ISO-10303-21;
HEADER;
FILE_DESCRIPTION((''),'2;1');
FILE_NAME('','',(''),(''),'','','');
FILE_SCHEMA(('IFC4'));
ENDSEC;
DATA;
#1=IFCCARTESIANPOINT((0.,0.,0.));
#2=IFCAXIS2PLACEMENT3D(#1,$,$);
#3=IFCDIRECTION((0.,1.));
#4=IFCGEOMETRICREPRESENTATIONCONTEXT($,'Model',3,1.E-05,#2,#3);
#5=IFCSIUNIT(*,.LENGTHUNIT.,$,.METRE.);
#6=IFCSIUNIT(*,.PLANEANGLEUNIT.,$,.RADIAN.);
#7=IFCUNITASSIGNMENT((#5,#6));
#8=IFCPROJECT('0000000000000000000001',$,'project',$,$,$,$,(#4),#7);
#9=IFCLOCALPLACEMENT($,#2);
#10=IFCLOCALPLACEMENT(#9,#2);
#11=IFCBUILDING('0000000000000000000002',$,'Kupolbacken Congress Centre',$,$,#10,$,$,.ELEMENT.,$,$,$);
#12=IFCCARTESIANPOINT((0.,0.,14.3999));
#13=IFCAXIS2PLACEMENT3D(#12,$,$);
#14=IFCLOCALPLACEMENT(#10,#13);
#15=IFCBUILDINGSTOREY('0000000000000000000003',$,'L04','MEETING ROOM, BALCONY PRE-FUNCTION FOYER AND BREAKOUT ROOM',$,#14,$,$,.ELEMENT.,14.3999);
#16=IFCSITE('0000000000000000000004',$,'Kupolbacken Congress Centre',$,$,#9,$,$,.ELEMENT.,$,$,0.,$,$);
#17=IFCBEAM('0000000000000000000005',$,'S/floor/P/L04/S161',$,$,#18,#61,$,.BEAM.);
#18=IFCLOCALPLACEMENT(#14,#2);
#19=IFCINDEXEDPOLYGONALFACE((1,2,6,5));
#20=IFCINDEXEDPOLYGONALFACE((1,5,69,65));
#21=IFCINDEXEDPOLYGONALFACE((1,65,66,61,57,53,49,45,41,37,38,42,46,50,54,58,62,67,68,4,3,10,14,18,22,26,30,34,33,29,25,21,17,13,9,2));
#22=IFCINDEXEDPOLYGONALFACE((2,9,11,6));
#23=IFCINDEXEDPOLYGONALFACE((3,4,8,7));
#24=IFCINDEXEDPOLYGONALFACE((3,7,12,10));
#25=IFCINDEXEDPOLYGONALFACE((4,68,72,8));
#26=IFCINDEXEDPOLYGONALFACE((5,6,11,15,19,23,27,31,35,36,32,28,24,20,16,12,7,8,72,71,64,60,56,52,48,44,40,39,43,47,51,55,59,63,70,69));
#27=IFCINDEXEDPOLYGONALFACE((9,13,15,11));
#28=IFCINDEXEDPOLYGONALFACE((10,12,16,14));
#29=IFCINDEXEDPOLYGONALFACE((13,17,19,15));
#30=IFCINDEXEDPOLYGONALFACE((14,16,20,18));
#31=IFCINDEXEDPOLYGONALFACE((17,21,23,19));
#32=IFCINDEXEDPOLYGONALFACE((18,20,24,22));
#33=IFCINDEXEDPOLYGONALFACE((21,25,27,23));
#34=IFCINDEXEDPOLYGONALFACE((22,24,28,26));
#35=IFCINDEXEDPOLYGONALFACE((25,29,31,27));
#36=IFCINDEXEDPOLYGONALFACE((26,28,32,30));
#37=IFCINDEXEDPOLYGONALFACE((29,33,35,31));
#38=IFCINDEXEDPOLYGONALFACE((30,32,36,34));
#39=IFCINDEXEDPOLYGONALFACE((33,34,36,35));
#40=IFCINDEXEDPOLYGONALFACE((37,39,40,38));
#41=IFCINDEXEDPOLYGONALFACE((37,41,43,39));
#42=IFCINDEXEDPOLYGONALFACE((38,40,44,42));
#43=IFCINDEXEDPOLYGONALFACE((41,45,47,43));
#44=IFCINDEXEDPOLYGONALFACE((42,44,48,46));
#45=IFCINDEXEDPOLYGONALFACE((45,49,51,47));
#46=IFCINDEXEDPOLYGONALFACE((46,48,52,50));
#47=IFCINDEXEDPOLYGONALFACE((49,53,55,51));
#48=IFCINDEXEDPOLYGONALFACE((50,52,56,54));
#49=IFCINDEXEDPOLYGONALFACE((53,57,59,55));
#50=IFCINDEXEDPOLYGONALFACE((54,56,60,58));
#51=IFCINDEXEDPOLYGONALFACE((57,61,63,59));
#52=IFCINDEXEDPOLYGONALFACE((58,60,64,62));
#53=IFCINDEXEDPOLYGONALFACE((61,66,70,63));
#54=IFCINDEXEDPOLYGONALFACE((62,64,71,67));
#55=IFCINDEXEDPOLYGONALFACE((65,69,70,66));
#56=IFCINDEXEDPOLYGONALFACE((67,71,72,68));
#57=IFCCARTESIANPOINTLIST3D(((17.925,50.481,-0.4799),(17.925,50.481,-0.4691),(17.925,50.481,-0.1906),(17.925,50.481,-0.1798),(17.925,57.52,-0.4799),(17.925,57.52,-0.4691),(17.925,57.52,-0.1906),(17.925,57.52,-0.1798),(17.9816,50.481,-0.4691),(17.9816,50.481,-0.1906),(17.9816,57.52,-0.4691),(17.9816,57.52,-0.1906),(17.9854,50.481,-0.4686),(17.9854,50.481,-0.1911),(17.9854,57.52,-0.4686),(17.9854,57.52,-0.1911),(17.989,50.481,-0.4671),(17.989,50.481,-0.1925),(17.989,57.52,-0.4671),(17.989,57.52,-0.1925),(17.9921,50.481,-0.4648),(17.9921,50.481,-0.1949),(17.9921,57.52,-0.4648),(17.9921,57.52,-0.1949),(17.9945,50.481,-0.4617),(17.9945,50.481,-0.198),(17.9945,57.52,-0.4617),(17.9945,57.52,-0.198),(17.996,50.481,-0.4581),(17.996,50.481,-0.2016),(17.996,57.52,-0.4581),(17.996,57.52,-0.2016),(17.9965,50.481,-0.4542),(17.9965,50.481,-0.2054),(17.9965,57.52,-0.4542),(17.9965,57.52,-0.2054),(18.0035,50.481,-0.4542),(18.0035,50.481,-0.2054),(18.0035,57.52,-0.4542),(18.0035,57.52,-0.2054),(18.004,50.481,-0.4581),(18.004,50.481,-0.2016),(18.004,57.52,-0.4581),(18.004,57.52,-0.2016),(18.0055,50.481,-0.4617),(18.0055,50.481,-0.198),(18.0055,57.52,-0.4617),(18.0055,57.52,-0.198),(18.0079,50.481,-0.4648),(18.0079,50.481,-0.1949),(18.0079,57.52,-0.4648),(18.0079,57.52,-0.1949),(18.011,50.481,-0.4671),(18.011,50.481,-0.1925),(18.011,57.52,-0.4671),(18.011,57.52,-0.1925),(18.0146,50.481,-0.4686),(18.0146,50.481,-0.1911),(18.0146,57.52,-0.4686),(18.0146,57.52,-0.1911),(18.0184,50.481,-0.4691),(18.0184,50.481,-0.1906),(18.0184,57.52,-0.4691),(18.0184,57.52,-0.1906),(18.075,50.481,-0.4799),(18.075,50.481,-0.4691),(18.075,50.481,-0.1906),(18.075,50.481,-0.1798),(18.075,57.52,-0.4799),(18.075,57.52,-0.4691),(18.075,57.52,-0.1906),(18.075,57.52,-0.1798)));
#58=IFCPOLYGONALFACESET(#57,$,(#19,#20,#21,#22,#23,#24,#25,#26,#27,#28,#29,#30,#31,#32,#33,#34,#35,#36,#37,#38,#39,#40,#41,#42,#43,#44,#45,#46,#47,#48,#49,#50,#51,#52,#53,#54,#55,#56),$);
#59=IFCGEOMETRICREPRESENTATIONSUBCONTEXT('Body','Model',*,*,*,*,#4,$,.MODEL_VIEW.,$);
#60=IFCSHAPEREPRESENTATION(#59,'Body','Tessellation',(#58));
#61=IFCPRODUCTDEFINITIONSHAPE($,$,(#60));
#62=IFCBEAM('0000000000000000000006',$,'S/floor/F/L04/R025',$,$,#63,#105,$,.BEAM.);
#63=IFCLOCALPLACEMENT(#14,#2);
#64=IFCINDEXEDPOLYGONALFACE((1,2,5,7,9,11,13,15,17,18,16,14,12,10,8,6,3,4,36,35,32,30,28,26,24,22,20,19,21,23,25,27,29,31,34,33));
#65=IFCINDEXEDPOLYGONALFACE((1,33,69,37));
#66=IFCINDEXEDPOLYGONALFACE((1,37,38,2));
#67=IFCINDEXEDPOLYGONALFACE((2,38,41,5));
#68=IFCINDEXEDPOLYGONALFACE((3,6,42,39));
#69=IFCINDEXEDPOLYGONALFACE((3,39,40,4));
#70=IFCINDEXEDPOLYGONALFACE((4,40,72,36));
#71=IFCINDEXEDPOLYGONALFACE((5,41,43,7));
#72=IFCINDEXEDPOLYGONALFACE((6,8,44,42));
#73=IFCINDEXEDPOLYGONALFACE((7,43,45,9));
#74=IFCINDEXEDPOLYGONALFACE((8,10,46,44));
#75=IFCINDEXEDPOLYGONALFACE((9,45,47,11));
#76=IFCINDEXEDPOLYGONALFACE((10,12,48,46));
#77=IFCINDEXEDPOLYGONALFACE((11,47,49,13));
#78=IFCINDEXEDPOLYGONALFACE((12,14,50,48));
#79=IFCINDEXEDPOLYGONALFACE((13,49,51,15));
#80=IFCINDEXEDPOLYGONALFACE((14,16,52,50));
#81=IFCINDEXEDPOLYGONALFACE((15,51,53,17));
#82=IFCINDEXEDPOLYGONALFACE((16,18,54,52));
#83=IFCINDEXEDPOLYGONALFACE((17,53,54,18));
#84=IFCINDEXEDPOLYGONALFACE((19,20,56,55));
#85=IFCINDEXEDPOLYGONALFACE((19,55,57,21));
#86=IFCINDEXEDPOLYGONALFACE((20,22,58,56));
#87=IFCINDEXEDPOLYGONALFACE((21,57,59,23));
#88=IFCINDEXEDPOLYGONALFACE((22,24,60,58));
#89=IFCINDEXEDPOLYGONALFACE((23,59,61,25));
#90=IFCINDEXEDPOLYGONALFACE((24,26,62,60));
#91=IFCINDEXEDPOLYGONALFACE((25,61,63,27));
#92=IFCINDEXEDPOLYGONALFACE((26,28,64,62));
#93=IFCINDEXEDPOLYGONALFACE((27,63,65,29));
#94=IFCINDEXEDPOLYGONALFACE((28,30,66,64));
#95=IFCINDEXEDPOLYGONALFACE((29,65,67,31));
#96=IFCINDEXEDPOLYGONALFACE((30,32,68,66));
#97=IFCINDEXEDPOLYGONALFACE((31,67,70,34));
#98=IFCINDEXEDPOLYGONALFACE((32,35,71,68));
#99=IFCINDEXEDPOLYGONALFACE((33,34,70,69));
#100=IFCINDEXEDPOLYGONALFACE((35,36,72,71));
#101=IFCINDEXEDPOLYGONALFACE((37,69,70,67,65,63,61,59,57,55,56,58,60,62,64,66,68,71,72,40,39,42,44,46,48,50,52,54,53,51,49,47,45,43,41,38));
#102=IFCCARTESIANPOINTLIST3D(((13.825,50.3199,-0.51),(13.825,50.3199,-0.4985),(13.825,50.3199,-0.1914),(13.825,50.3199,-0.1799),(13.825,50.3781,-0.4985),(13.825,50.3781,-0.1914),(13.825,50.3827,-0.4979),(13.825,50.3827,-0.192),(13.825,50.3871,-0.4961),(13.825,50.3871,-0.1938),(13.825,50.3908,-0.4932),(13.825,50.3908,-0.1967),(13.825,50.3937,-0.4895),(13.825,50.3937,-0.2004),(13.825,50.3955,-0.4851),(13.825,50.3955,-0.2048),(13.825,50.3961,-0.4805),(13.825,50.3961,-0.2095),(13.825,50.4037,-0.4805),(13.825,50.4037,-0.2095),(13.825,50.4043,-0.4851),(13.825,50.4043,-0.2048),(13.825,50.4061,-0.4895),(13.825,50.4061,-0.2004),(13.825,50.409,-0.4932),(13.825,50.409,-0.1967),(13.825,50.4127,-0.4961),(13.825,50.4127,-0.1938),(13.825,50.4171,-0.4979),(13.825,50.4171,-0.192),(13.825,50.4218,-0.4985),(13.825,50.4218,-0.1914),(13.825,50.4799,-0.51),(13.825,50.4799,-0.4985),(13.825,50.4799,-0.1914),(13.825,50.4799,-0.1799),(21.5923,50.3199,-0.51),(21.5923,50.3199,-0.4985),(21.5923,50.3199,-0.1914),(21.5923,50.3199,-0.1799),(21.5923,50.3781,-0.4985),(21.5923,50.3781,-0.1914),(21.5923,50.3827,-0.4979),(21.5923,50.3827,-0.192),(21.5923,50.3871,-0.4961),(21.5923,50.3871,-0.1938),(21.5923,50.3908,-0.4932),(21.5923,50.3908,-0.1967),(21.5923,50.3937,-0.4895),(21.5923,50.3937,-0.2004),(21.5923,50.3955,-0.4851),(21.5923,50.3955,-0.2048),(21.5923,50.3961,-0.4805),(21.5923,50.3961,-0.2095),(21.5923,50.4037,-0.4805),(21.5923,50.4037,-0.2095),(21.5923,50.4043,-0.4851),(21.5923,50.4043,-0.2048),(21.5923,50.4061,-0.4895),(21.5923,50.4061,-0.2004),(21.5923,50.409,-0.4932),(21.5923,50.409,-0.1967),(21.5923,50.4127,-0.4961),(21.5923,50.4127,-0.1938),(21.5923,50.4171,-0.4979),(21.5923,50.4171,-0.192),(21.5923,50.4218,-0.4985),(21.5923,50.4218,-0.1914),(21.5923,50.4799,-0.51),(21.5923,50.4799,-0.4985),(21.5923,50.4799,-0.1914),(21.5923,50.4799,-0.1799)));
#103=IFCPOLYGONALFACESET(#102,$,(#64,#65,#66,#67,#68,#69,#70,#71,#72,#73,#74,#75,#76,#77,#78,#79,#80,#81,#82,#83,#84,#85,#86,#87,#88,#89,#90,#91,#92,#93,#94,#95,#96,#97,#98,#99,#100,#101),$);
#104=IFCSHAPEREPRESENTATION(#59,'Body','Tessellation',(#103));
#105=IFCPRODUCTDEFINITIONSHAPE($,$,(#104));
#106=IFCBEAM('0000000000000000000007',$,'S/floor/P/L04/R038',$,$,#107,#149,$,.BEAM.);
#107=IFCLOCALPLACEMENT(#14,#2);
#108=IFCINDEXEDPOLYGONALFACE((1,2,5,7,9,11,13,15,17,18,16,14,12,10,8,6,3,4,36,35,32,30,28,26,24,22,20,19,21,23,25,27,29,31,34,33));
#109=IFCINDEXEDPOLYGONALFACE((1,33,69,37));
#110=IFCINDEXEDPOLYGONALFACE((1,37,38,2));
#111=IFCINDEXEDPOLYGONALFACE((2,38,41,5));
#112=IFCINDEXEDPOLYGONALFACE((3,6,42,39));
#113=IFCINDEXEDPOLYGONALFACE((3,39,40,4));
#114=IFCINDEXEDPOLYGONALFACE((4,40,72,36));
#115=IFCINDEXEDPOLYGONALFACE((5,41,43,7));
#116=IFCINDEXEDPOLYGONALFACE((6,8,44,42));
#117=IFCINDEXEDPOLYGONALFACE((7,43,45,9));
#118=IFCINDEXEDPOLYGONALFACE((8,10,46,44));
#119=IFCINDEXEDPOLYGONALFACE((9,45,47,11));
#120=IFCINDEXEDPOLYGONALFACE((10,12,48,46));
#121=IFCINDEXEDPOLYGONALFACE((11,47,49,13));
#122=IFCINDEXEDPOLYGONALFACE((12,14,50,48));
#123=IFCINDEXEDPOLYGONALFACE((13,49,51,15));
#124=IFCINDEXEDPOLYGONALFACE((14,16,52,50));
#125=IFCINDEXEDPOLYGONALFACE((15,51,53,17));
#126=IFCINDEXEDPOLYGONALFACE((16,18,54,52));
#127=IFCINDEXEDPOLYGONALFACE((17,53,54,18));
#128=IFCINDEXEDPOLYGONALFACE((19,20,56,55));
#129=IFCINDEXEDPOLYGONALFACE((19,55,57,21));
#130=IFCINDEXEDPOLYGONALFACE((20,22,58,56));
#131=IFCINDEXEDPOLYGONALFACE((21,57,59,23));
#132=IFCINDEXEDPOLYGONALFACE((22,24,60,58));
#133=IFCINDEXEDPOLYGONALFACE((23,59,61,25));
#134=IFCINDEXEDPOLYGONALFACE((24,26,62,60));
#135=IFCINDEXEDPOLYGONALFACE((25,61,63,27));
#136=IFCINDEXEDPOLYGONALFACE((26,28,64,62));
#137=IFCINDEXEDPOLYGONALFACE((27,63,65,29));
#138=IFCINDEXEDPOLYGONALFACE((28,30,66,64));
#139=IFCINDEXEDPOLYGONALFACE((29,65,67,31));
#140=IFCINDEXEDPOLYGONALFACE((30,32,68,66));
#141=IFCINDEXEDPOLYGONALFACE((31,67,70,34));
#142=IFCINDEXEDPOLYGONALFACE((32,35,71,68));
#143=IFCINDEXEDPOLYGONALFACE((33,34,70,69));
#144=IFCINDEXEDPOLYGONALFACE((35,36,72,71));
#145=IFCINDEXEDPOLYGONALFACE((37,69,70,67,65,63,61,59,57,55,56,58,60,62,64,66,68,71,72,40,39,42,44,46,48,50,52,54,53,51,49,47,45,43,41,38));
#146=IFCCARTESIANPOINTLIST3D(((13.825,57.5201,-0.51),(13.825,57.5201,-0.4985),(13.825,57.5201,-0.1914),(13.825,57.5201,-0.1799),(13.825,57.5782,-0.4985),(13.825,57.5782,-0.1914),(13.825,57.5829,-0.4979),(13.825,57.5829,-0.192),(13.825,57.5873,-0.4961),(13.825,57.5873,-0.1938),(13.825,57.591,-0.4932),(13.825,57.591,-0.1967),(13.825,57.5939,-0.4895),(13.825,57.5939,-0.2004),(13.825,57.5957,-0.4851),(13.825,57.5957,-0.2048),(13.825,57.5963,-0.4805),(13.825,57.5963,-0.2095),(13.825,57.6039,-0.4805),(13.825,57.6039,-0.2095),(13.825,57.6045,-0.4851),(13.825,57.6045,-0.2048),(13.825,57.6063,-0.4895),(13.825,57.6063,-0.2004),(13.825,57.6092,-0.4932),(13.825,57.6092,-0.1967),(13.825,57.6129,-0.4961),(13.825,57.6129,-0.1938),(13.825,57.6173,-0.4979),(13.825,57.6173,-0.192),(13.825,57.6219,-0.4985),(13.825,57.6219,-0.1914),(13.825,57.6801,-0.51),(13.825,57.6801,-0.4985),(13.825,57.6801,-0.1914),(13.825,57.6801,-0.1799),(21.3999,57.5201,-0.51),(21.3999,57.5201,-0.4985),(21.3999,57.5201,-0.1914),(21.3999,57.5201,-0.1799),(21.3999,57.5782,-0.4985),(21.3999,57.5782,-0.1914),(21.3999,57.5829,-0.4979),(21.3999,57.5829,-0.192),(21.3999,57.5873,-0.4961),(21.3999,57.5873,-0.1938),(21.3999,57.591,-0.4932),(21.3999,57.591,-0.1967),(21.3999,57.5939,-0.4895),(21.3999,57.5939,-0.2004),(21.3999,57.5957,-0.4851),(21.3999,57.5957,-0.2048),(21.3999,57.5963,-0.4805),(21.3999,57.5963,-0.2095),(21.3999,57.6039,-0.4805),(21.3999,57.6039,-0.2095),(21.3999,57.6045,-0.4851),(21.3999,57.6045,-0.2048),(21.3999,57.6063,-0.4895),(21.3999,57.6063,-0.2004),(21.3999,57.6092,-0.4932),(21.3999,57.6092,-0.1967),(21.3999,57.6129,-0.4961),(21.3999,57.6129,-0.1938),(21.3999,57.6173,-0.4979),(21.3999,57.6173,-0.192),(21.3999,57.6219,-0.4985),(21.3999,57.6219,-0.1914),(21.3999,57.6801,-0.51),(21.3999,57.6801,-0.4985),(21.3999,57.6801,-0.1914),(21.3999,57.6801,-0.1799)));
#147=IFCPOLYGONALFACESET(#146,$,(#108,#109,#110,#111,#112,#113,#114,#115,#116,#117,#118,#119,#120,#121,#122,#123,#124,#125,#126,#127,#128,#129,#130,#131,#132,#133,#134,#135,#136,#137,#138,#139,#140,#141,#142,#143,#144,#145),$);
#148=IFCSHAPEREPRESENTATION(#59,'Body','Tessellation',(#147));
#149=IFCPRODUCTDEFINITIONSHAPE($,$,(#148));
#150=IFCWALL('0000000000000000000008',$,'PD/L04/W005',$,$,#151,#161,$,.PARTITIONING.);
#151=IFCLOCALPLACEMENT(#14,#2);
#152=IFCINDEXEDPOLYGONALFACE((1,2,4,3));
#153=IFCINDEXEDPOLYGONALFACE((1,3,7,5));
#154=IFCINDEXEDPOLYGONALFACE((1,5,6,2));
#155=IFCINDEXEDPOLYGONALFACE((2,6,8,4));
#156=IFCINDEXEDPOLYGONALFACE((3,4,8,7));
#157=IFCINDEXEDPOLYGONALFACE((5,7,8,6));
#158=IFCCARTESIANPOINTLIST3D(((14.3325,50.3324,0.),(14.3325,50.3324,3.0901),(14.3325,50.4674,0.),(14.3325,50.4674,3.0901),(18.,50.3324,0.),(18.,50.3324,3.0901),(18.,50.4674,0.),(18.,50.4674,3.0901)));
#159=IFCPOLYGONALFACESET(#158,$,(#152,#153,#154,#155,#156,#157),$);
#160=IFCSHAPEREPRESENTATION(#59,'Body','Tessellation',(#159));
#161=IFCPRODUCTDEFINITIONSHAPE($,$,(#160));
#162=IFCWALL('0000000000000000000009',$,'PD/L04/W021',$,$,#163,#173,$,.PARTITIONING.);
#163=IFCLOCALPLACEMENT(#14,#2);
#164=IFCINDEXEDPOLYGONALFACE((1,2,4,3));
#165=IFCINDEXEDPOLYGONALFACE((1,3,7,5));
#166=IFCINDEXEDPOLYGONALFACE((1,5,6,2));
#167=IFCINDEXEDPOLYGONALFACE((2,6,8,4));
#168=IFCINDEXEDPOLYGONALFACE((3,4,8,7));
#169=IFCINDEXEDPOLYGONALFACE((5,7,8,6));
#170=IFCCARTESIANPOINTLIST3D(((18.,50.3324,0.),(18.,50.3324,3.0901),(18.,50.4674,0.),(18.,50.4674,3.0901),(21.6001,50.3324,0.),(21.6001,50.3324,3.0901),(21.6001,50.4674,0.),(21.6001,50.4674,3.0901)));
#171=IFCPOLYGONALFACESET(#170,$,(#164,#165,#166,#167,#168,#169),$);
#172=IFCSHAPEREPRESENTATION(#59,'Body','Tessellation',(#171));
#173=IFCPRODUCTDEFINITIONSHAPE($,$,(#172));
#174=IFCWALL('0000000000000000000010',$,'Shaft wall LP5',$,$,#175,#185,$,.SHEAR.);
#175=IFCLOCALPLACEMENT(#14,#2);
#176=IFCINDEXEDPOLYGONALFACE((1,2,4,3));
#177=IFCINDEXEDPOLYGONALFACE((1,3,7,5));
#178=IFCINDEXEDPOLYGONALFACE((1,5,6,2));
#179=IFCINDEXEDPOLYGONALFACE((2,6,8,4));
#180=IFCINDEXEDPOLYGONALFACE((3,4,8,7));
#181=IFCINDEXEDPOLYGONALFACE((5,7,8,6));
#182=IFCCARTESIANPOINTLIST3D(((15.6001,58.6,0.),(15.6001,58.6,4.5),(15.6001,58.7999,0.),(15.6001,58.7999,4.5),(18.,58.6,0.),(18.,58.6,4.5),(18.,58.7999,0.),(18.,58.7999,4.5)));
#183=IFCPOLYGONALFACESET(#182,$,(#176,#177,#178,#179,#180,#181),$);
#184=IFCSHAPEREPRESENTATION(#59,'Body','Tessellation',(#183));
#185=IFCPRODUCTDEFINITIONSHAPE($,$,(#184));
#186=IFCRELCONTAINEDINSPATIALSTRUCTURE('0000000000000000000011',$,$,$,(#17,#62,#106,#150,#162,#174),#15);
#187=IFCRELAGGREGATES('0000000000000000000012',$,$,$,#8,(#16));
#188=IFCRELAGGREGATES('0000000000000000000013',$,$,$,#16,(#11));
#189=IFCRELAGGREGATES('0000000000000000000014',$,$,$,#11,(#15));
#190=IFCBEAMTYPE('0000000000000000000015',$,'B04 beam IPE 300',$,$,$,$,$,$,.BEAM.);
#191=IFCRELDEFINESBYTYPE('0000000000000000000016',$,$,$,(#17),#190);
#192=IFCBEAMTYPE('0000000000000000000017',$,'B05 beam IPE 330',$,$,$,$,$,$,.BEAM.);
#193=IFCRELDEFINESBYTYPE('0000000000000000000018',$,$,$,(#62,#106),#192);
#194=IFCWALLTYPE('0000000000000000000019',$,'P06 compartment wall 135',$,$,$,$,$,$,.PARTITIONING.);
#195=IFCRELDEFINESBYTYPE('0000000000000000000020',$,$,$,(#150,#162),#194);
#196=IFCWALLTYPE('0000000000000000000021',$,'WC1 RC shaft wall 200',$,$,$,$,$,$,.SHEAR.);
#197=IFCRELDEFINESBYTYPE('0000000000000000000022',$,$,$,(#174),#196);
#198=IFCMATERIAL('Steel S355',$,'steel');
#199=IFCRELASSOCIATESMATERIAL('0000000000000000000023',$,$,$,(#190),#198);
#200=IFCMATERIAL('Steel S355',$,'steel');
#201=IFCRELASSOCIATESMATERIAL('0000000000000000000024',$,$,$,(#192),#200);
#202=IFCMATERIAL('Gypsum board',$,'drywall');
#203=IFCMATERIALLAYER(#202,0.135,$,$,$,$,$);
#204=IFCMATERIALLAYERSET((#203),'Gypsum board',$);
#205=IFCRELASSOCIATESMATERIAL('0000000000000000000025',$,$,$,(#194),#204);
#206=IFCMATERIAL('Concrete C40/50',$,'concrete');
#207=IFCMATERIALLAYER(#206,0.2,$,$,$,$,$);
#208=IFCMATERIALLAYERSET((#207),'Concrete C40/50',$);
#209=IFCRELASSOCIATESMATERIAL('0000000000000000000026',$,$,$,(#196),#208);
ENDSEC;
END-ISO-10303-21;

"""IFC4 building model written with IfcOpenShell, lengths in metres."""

from ifc_helpers import new_model, si_unit, direction, frame, frame_2d, origin, origin_2d, place, context, subcontext, project, spatial, rectangle, i_section, extrude, material, layer, layer_set, material_profile, profile_set, type_object, element, save


model = new_model("IFC4")

# Units and contexts
model_context = context("Model", 3, precision=1e-05, world=origin(), true_north=direction((0.0, 1.0)))
body_context = subcontext(model_context, "Body", "Model", "MODEL_VIEW")
ifc_project = project(units=[si_unit("LENGTHUNIT", "METRE"), si_unit("PLANEANGLEUNIT", "RADIAN")], contexts=[model_context])

# Site, building, storey
site_placement = place(None, origin())
site = spatial("IfcSite", under=ifc_project, at=site_placement, Name="Kupolbacken Congress Centre", CompositionType="ELEMENT", RefElevation=0.0)
building_placement = place(site_placement, origin())
building = spatial("IfcBuilding", under=site, at=building_placement, Name="Kupolbacken Congress Centre", CompositionType="ELEMENT")
storey_placement = place(building_placement, frame((0.0, 0.0, 14.3999)))
storey = spatial("IfcBuildingStorey", under=building, at=storey_placement, Name="L04", Description="MEETING ROOM, BALCONY PRE-FUNCTION FOYER AND BREAKOUT ROOM", CompositionType="ELEMENT", Elevation=14.3999)

# Beams
ifc_material_1 = material(Name="Steel S355", Category="steel")
ifc_material_profile_1 = material_profile(ifc_material_1, i_section(OverallWidth=0.1499, OverallDepth=0.3, WebThickness=0.0071, FlangeThickness=0.0107, FilletRadius=0.0149, at=origin_2d()), Name="IPE 300")
ifc_profile_set_1 = profile_set([ifc_material_profile_1], Name="Steel S355")
beam_type_1 = type_object("IfcBeamType", Name="B04 beam IPE 300", PredefinedType="BEAM", material=ifc_profile_set_1)
beam_1_placement = place(storey_placement, frame((18.0, 50.481, -0.3298), z_axis=(0.0, 1.0, 0.0), x_axis=(-1.0, 0.0, 0.0)))
element("IfcBeam", 1, at=beam_1_placement, inside=storey, type_object=beam_type_1, Name="S/floor/P/L04/S161", PredefinedType="BEAM", context=body_context, shape_type="SweptSolid", body=[
    extrude(i_section(OverallWidth=0.1499, OverallDepth=0.3, WebThickness=0.0071, FlangeThickness=0.0107, FilletRadius=0.0149, at=origin_2d()), origin(), (0.0, 0.0, 1.0), 7.0391),
])
ifc_material_2 = material(Name="Steel S355", Category="steel")
ifc_material_profile_2 = material_profile(ifc_material_2, i_section(OverallWidth=0.1599, OverallDepth=0.3301, WebThickness=0.0076, FlangeThickness=0.0115, FilletRadius=0.0181, at=origin_2d()), Name="IPE 330")
ifc_profile_set_2 = profile_set([ifc_material_profile_2], Name="Steel S355")
beam_type_2 = type_object("IfcBeamType", Name="B05 beam IPE 330", PredefinedType="BEAM", material=ifc_profile_set_2)
beam_2_placement = place(storey_placement, frame((13.825, 50.3999, -0.345), z_axis=(1.0, 0.0, 0.0), x_axis=(0.0, 1.0, 0.0)))
element("IfcBeam", 2, at=beam_2_placement, inside=storey, type_object=beam_type_2, Name="S/floor/F/L04/R025", PredefinedType="BEAM", context=body_context, shape_type="SweptSolid", body=[
    extrude(i_section(OverallWidth=0.1599, OverallDepth=0.3301, WebThickness=0.0076, FlangeThickness=0.0115, FilletRadius=0.0181, at=origin_2d()), origin(), (0.0, 0.0, 1.0), 7.7673),
])
beam_3_placement = place(storey_placement, frame((13.825, 57.6001, -0.345), z_axis=(1.0, 0.0, 0.0), x_axis=(0.0, 1.0, 0.0)))
element("IfcBeam", 3, at=beam_3_placement, inside=storey, type_object=beam_type_2, Name="S/floor/P/L04/R038", PredefinedType="BEAM", context=body_context, shape_type="SweptSolid", body=[
    extrude(i_section(OverallWidth=0.1599, OverallDepth=0.3301, WebThickness=0.0076, FlangeThickness=0.0115, FilletRadius=0.0181, at=origin_2d()), origin(), (0.0, 0.0, 1.0), 7.575),
])

# Walls
ifc_material_3 = material(Name="Gypsum board", Category="drywall")
ifc_layer_1 = layer(ifc_material_3, 0.135)
ifc_layer_set_1 = layer_set([ifc_layer_1], Name="Gypsum board")
wall_type_1 = type_object("IfcWallType", Name="P06 compartment wall 135", PredefinedType="PARTITIONING", material=ifc_layer_set_1)
wall_1_placement = place(storey_placement, frame((18.0, 50.3999, 0.0), z_axis=(0.0, 0.0, 1.0), x_axis=(-1.0, 0.0, 0.0)))
element("IfcWall", 4, at=wall_1_placement, inside=storey, type_object=wall_type_1, Name="PD/L04/W005", PredefinedType="PARTITIONING", context=body_context, shape_type="SweptSolid", body=[
    extrude(rectangle(XDim=3.6675, YDim=0.135, at=frame_2d((1.8337, 0.0))), origin(), (0.0, 0.0, 1.0), 3.0901),
])
wall_2_placement = place(storey_placement, frame((18.0, 50.3999, 0.0), z_axis=(0.0, 0.0, 1.0), x_axis=(1.0, 0.0, 0.0)))
element("IfcWall", 5, at=wall_2_placement, inside=storey, type_object=wall_type_1, Name="PD/L04/W021", PredefinedType="PARTITIONING", context=body_context, shape_type="SweptSolid", body=[
    extrude(rectangle(XDim=3.6001, YDim=0.135, at=frame_2d((1.8, 0.0))), origin(), (0.0, 0.0, 1.0), 3.0901),
])
ifc_material_4 = material(Name="Concrete C40/50", Category="concrete")
ifc_layer_2 = layer(ifc_material_4, 0.2)
ifc_layer_set_2 = layer_set([ifc_layer_2], Name="Concrete C40/50")
wall_type_2 = type_object("IfcWallType", Name="WC1 RC shaft wall 200", PredefinedType="SHEAR", material=ifc_layer_set_2)
wall_3_placement = place(storey_placement, frame((15.6001, 58.7, 0.0), z_axis=(0.0, 0.0, 1.0), x_axis=(1.0, 0.0, 0.0)))
element("IfcWall", 6, at=wall_3_placement, inside=storey, type_object=wall_type_2, Name="Shaft wall LP5", PredefinedType="SHEAR", context=body_context, shape_type="SweptSolid", body=[
    extrude(rectangle(XDim=2.3999, YDim=0.2, at=frame_2d((1.2, 0.0))), origin(), (0.0, 0.0, 1.0), 4.5),
])

save(model, "model.ifc")
